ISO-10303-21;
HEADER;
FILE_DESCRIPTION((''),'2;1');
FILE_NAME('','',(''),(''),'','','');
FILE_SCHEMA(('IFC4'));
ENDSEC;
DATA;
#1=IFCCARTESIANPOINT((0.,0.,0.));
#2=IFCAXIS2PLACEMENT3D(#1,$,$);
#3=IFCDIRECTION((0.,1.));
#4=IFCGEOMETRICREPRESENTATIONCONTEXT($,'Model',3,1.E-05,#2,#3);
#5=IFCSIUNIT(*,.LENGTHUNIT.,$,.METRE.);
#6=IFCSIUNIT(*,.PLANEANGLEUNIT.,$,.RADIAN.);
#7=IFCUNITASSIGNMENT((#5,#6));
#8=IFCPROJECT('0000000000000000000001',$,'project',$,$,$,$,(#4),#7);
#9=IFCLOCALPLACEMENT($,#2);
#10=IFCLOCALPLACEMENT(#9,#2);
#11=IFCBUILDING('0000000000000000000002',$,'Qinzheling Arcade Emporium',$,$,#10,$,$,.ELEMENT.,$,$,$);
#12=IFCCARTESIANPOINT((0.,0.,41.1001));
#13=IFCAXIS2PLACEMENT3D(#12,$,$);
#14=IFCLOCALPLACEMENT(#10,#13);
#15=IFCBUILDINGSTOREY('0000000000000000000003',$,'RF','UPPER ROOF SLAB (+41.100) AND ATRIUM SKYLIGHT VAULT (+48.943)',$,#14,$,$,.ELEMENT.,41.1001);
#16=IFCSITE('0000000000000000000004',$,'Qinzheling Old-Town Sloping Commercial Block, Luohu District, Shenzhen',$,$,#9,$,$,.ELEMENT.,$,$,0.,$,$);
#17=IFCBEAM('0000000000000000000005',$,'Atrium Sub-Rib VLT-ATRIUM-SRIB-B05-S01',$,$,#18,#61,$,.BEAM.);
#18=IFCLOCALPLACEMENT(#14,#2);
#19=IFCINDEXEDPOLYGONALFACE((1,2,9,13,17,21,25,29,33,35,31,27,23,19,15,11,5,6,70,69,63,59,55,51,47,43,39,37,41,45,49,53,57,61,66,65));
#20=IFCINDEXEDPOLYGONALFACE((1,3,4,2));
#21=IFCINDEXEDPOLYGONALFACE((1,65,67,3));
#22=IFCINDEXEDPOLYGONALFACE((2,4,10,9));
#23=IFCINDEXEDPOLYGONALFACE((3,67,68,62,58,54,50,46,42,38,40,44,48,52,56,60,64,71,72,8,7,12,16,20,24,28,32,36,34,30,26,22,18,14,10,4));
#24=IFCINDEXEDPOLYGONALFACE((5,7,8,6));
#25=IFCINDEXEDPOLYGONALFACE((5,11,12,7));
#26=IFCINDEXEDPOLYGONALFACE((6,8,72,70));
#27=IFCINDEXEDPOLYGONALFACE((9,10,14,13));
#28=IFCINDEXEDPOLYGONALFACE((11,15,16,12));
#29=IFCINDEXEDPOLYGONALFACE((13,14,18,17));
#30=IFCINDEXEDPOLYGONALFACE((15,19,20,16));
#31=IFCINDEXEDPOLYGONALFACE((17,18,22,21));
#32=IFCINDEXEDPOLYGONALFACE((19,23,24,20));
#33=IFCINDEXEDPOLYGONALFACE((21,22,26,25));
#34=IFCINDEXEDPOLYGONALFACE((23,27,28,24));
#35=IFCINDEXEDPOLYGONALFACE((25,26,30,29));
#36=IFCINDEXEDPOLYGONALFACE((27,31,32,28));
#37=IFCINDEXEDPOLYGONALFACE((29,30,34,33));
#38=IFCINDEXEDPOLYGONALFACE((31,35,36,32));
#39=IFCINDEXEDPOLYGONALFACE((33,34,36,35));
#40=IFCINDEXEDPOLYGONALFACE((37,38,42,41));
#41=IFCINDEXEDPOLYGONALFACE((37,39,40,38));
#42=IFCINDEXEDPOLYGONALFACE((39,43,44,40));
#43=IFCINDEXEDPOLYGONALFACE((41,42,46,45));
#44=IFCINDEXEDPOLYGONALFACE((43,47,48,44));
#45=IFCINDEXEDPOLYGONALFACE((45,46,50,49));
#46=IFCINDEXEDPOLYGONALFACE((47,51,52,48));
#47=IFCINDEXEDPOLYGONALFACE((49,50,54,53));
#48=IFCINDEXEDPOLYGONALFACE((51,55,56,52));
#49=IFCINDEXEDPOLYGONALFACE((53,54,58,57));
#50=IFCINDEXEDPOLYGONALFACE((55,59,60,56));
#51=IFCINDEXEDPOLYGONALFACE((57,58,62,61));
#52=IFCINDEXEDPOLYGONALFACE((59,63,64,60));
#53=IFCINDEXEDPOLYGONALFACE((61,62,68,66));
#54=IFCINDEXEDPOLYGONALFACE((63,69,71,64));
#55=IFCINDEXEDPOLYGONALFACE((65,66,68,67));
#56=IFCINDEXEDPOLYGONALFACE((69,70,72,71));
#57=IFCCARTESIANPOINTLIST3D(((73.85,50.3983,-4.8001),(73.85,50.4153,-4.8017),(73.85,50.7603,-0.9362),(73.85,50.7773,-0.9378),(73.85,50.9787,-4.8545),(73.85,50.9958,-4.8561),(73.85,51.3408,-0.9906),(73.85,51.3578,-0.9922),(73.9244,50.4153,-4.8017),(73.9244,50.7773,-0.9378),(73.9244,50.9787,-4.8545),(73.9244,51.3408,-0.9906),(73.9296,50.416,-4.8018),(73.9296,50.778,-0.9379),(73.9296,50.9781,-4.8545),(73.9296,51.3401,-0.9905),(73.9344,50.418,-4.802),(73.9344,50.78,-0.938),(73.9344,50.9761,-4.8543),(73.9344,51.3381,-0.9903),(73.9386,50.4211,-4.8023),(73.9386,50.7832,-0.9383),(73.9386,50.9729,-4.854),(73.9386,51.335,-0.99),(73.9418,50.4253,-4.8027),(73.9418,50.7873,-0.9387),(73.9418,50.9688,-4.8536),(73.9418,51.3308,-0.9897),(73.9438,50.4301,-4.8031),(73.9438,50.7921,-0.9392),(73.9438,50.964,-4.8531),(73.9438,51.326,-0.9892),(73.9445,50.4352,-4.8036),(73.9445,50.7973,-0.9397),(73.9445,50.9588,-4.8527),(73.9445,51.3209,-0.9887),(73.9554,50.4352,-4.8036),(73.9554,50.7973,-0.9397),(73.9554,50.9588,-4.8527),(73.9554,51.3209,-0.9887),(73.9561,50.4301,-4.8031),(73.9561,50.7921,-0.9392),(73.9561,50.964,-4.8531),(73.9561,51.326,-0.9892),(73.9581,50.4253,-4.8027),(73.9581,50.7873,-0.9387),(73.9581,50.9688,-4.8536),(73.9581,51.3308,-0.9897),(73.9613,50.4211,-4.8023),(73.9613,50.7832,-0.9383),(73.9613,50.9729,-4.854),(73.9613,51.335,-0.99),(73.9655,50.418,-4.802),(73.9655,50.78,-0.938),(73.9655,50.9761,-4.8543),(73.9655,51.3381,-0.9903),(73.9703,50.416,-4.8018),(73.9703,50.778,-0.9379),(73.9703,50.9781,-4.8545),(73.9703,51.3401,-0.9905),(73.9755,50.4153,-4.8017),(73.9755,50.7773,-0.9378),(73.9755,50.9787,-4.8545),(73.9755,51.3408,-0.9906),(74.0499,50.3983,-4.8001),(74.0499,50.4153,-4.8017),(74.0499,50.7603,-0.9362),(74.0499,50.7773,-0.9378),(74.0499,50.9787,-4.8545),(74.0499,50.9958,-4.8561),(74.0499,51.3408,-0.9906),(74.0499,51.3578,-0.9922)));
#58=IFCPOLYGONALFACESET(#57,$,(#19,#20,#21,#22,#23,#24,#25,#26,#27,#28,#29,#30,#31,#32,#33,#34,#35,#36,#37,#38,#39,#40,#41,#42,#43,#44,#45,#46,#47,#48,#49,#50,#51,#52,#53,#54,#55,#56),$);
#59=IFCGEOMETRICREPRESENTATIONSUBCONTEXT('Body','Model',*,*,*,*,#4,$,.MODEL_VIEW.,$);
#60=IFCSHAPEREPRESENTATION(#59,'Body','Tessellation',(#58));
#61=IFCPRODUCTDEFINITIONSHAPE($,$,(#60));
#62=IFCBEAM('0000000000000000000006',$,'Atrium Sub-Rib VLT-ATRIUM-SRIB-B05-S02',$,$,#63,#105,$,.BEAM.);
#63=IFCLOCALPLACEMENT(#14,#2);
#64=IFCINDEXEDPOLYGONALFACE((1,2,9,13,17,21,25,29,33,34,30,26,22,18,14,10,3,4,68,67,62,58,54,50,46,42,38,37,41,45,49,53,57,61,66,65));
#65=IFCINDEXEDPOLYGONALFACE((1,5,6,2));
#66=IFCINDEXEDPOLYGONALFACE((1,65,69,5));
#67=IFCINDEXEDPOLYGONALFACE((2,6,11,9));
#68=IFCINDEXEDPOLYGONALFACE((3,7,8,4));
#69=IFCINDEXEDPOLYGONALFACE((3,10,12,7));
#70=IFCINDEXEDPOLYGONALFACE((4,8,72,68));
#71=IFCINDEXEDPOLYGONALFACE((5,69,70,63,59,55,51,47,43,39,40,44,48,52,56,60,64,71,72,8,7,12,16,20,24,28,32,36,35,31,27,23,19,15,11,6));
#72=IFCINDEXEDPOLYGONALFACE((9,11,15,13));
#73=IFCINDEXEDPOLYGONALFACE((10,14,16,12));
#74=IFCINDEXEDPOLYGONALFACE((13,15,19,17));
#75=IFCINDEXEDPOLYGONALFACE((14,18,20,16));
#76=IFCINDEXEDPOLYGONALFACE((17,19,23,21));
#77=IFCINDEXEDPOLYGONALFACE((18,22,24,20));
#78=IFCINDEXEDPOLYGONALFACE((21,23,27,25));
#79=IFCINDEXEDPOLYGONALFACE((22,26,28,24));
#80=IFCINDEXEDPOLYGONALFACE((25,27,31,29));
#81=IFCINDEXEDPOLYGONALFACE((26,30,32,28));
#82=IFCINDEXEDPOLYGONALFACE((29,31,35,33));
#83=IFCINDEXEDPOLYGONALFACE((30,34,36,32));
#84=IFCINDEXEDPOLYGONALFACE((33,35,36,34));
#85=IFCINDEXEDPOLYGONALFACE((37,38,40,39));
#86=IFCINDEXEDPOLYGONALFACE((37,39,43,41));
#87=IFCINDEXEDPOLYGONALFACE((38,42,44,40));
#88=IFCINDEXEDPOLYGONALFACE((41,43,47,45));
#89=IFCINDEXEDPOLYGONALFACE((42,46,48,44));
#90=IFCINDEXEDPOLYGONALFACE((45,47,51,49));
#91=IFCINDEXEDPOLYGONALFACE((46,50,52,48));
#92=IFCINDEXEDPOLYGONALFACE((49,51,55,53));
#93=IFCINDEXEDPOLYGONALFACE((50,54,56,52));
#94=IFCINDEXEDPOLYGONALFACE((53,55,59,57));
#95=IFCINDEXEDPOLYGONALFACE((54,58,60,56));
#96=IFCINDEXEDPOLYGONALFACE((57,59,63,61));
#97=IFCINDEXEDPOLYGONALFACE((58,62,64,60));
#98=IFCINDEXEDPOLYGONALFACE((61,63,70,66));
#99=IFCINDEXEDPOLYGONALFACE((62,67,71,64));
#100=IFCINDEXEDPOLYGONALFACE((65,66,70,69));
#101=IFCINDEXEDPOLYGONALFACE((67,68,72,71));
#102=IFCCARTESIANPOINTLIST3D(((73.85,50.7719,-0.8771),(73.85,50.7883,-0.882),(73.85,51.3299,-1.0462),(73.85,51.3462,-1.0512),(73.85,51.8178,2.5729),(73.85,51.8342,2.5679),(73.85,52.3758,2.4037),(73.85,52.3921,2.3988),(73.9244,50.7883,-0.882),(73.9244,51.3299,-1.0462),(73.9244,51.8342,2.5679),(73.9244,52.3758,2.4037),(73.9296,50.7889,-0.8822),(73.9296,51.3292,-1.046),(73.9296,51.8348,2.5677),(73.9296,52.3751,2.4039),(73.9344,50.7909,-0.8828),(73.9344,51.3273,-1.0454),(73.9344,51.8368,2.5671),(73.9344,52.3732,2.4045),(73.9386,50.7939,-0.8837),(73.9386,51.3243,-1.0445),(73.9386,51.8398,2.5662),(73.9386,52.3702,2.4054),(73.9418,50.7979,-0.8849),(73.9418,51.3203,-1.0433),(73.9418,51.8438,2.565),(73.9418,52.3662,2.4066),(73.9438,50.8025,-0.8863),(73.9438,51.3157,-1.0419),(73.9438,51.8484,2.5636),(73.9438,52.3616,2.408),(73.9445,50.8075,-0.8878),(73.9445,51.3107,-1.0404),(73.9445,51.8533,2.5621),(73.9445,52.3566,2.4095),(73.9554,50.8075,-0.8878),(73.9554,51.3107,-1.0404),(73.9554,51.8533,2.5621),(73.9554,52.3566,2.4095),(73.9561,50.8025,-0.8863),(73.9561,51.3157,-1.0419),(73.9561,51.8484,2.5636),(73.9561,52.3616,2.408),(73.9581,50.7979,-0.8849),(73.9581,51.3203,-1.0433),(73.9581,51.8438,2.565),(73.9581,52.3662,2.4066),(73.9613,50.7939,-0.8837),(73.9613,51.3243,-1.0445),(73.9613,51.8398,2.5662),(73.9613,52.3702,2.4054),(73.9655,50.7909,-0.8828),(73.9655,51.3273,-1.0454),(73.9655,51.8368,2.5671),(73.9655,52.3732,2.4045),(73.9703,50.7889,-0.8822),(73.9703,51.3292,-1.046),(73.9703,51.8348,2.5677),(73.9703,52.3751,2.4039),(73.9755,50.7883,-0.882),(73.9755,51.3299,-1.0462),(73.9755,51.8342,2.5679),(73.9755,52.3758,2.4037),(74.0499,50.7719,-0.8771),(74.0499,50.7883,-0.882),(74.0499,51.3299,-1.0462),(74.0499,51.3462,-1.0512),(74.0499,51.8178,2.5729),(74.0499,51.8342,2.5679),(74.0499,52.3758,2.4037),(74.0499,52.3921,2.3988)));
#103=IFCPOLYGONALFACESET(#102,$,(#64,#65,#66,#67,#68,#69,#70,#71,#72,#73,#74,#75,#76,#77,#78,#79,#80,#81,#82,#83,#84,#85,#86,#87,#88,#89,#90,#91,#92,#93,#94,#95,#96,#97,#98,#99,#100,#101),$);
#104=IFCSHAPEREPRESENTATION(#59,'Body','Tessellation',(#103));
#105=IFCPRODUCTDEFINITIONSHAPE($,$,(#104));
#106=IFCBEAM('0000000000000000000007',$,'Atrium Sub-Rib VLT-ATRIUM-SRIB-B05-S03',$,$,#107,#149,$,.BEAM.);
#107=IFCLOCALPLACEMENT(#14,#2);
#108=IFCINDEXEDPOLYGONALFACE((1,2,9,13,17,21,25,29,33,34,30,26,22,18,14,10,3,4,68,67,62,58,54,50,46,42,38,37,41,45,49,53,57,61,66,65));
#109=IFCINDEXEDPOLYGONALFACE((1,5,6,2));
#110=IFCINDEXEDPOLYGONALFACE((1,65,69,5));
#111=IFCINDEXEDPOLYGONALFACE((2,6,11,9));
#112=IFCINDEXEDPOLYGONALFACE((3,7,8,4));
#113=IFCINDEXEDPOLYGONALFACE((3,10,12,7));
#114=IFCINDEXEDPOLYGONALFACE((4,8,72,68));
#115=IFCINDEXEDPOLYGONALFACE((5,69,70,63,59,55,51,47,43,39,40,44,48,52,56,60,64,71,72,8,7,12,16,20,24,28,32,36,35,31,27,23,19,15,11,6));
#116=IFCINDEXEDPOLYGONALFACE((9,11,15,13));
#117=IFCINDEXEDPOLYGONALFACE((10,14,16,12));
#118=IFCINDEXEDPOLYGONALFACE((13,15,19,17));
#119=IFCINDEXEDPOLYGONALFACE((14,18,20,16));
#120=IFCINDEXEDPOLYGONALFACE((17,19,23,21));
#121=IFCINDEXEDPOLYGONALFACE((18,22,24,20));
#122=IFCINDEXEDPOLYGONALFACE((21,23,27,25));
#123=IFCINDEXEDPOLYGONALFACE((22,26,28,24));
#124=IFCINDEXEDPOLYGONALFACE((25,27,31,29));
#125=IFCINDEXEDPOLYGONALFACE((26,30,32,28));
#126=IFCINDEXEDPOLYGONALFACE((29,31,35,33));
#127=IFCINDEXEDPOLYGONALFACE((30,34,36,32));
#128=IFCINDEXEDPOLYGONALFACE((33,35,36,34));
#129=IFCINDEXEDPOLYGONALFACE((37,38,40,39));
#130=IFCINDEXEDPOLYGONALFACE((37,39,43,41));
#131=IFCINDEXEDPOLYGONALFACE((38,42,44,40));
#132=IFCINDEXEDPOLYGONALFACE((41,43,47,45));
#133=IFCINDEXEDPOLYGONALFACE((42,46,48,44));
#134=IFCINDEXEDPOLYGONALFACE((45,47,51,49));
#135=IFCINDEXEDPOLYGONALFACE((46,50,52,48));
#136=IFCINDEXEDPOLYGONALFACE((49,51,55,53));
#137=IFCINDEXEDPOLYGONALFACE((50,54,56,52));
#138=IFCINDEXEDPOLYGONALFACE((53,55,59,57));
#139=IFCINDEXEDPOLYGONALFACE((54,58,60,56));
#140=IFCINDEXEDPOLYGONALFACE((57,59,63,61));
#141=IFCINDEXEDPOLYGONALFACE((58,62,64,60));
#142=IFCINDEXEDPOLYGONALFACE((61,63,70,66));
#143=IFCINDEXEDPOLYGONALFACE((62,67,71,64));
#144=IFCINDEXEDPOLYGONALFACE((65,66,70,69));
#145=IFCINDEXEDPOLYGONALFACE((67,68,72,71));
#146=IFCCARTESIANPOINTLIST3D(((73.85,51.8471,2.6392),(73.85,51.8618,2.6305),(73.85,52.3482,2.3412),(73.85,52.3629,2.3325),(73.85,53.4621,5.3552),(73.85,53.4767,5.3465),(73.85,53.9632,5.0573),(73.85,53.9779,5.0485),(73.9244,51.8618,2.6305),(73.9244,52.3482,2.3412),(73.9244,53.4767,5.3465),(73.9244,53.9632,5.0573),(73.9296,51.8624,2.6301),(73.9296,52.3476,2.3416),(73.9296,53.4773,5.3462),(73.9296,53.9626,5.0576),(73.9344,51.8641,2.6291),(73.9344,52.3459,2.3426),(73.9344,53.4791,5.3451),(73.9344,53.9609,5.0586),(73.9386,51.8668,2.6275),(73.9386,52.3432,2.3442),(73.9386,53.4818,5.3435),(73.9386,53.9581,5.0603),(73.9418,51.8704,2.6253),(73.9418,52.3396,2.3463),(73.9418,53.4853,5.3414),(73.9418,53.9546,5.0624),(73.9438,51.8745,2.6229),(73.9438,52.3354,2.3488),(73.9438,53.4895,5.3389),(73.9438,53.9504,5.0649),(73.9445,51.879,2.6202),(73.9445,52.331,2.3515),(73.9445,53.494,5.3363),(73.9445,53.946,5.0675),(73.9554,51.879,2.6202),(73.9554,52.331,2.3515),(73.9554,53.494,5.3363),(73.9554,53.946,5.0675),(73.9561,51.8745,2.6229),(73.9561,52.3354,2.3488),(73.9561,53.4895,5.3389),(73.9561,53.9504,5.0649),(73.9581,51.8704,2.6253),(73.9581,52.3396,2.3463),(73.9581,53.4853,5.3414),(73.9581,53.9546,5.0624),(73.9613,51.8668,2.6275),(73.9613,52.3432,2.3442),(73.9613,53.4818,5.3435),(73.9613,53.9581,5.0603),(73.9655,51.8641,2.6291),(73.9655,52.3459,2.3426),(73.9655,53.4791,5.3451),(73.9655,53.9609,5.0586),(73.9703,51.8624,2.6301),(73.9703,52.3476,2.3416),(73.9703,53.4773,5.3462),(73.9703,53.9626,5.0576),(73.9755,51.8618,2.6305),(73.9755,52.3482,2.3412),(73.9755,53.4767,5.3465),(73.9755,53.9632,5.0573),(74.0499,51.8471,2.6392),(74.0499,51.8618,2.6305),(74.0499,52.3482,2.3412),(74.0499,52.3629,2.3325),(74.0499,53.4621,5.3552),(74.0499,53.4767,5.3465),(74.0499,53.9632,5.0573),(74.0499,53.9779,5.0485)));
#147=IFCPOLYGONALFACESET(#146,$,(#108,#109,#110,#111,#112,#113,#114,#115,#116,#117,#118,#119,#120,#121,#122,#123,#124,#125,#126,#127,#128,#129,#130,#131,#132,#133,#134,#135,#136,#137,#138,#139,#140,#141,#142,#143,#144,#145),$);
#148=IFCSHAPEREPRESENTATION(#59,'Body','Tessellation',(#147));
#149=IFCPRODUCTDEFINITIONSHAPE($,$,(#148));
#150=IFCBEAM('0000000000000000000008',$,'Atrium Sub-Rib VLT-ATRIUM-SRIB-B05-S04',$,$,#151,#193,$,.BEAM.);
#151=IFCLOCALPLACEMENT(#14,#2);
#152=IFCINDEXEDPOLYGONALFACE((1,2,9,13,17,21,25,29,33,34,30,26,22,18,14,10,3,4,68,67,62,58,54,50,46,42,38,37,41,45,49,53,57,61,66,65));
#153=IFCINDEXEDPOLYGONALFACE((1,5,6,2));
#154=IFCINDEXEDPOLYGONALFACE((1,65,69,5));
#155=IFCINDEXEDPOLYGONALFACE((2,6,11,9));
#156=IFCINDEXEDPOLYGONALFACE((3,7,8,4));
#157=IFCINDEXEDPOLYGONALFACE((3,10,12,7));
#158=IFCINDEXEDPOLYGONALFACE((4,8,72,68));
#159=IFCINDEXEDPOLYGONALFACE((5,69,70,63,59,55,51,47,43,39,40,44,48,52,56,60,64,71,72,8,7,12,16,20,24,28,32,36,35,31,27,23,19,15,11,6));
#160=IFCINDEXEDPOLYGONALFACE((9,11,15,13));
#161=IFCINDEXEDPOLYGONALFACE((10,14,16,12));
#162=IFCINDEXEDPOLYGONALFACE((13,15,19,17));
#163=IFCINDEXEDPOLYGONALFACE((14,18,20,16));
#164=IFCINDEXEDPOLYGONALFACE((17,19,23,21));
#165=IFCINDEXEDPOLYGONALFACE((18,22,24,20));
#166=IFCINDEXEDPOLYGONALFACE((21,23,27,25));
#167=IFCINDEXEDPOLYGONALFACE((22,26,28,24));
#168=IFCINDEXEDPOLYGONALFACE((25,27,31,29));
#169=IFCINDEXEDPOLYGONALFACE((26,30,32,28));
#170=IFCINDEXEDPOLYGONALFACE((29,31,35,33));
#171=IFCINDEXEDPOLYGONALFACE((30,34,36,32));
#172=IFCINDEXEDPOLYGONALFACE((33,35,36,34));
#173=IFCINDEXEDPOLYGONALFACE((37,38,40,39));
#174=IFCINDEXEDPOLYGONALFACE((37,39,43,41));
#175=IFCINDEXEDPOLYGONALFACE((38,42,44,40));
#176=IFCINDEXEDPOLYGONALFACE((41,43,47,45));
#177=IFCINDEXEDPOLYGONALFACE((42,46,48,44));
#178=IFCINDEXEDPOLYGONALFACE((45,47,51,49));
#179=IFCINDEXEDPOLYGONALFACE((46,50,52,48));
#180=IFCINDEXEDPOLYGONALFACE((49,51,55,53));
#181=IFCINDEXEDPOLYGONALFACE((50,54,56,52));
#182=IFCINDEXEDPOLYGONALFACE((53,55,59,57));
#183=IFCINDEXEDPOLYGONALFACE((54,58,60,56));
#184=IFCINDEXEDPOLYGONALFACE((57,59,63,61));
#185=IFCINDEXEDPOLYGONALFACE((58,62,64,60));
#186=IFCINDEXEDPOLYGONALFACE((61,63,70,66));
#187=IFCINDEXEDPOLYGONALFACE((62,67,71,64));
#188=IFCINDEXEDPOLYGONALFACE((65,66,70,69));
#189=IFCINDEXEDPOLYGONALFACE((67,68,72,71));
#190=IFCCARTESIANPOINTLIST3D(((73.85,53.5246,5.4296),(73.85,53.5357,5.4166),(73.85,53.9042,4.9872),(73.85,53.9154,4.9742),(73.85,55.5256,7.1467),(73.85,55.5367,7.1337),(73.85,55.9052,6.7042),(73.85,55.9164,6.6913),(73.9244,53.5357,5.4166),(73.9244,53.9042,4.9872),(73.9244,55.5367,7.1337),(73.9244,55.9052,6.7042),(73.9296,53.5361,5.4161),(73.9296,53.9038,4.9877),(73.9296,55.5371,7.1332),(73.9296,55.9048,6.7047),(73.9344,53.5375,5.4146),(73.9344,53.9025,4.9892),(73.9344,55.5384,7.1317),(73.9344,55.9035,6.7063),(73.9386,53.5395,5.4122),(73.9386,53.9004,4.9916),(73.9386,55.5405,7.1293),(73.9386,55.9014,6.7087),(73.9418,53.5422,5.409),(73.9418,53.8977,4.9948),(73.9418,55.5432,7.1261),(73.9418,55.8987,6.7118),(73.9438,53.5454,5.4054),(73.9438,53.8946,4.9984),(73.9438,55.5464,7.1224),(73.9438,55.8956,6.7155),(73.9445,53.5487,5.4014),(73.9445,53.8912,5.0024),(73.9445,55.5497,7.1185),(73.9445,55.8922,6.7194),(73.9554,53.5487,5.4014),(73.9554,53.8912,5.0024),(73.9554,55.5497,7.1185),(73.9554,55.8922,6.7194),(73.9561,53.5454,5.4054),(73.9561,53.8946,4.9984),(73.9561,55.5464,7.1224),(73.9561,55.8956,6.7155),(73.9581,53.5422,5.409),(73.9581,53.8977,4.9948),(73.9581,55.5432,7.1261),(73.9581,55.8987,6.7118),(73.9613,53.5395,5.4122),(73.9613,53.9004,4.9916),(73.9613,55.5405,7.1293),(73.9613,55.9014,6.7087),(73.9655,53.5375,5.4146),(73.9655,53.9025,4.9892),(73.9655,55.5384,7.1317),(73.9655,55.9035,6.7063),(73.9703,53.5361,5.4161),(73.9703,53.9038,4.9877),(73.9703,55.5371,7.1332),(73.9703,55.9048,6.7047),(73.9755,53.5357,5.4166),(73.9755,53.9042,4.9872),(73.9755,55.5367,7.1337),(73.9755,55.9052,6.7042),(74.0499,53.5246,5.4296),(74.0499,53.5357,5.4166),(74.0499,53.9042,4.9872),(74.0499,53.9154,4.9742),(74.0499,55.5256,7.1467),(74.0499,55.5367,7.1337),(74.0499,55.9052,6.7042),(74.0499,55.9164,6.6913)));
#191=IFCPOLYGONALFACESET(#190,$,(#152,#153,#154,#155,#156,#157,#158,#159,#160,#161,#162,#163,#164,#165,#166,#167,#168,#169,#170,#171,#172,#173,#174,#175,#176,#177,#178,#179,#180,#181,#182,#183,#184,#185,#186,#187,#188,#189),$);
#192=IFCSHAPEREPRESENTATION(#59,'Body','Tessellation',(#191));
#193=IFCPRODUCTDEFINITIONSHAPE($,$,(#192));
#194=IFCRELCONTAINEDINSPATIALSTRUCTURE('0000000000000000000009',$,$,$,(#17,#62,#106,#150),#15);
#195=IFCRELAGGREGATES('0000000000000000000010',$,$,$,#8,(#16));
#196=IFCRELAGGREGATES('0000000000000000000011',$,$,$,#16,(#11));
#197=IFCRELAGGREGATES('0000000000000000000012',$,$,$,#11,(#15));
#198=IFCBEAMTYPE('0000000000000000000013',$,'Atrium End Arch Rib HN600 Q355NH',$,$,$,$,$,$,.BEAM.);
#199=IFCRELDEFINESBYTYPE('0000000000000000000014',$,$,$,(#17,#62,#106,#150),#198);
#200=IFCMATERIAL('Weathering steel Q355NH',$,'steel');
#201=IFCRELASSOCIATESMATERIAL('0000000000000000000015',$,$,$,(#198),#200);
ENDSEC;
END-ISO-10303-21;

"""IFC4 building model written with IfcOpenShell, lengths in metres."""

from ifc_helpers import new_model, si_unit, direction, frame, origin, origin_2d, place, context, subcontext, project, spatial, i_section, extrude, material, material_profile, profile_set, type_object, element, save


model = new_model("IFC4")

# Units and contexts
model_context = context("Model", 3, precision=1e-05, world=origin(), true_north=direction((0.0, 1.0)))
body_context = subcontext(model_context, "Body", "Model", "MODEL_VIEW")
ifc_project = project(units=[si_unit("LENGTHUNIT", "METRE"), si_unit("PLANEANGLEUNIT", "RADIAN")], contexts=[model_context])

# Site, building, storey
site_placement = place(None, origin())
site = spatial("IfcSite", under=ifc_project, at=site_placement, Name="Qinzheling Old-Town Sloping Commercial Block, Luohu District, Shenzhen", CompositionType="ELEMENT", RefElevation=0.0)
building_placement = place(site_placement, origin())
building = spatial("IfcBuilding", under=site, at=building_placement, Name="Qinzheling Arcade Emporium", CompositionType="ELEMENT")
storey_placement = place(building_placement, frame((0.0, 0.0, 41.1001)))
storey = spatial("IfcBuildingStorey", under=building, at=storey_placement, Name="RF", Description="UPPER ROOF SLAB (+41.100) AND ATRIUM SKYLIGHT VAULT (+48.943)", CompositionType="ELEMENT", Elevation=41.1001)

# Beams
ifc_material_1 = material(Name="Weathering steel Q355NH", Category="steel")
ifc_material_profile_1 = material_profile(ifc_material_1, i_section(OverallWidth=0.2, OverallDepth=0.6001, WebThickness=0.011, FlangeThickness=0.0171, FilletRadius=0.02, at=origin_2d()), Name="HN 600x200x11x17", Category="steel")
ifc_profile_set_1 = profile_set([ifc_material_profile_1], Name="Weathering steel Q355NH")
beam_type_1 = type_object("IfcBeamType", Name="Atrium End Arch Rib HN600 Q355NH", PredefinedType="BEAM", material=ifc_profile_set_1)
beam_1_placement = place(storey_placement, frame((73.95, 50.697, -4.8281), z_axis=(0.0, 0.093292, 0.995639), x_axis=(-1.0, 0.0, 0.0)))
element("IfcBeam", 1, at=beam_1_placement, inside=storey, type_object=beam_type_1, Name="Atrium Sub-Rib VLT-ATRIUM-SRIB-B05-S01", PredefinedType="BEAM", context=body_context, shape_type="SweptSolid", body=[
    extrude(i_section(OverallWidth=0.2, OverallDepth=0.6001, WebThickness=0.011, FlangeThickness=0.0171, FilletRadius=0.02, at=origin_2d()), origin(), (0.0, 0.0, 1.0), 3.8809),
])
beam_2_placement = place(storey_placement, frame((73.95, 51.0591, -0.9641), z_axis=(0.0, 0.290124, 0.956989), x_axis=(-1.0, 0.0, 0.0)))
element("IfcBeam", 2, at=beam_2_placement, inside=storey, type_object=beam_type_1, Name="Atrium Sub-Rib VLT-ATRIUM-SRIB-B05-S02", PredefinedType="BEAM", context=body_context, shape_type="SweptSolid", body=[
    extrude(i_section(OverallWidth=0.2, OverallDepth=0.6001, WebThickness=0.011, FlangeThickness=0.0171, FilletRadius=0.02, at=origin_2d()), origin(), (0.0, 0.0, 1.0), 3.605),
])
beam_3_placement = place(storey_placement, frame((73.95, 52.105, 2.4858), z_axis=(0.0, 0.511083, 0.859531), x_axis=(-1.0, 0.0, 0.0)))
element("IfcBeam", 3, at=beam_3_placement, inside=storey, type_object=beam_type_1, Name="Atrium Sub-Rib VLT-ATRIUM-SRIB-B05-S03", PredefinedType="BEAM", context=body_context, shape_type="SweptSolid", body=[
    extrude(i_section(OverallWidth=0.2, OverallDepth=0.6001, WebThickness=0.011, FlangeThickness=0.0171, FilletRadius=0.02, at=origin_2d()), origin(), (0.0, 0.0, 1.0), 3.1599),
])
beam_4_placement = place(storey_placement, frame((73.95, 53.72, 5.2019), z_axis=(0.0, 0.758897, 0.651211), x_axis=(-1.0, 0.0, 0.0)))
element("IfcBeam", 4, at=beam_4_placement, inside=storey, type_object=beam_type_1, Name="Atrium Sub-Rib VLT-ATRIUM-SRIB-B05-S04", PredefinedType="BEAM", context=body_context, shape_type="SweptSolid", body=[
    extrude(i_section(OverallWidth=0.2, OverallDepth=0.6001, WebThickness=0.011, FlangeThickness=0.0171, FilletRadius=0.02, at=origin_2d()), origin(), (0.0, 0.0, 1.0), 2.6367),
])

save(model, "model.ifc")
